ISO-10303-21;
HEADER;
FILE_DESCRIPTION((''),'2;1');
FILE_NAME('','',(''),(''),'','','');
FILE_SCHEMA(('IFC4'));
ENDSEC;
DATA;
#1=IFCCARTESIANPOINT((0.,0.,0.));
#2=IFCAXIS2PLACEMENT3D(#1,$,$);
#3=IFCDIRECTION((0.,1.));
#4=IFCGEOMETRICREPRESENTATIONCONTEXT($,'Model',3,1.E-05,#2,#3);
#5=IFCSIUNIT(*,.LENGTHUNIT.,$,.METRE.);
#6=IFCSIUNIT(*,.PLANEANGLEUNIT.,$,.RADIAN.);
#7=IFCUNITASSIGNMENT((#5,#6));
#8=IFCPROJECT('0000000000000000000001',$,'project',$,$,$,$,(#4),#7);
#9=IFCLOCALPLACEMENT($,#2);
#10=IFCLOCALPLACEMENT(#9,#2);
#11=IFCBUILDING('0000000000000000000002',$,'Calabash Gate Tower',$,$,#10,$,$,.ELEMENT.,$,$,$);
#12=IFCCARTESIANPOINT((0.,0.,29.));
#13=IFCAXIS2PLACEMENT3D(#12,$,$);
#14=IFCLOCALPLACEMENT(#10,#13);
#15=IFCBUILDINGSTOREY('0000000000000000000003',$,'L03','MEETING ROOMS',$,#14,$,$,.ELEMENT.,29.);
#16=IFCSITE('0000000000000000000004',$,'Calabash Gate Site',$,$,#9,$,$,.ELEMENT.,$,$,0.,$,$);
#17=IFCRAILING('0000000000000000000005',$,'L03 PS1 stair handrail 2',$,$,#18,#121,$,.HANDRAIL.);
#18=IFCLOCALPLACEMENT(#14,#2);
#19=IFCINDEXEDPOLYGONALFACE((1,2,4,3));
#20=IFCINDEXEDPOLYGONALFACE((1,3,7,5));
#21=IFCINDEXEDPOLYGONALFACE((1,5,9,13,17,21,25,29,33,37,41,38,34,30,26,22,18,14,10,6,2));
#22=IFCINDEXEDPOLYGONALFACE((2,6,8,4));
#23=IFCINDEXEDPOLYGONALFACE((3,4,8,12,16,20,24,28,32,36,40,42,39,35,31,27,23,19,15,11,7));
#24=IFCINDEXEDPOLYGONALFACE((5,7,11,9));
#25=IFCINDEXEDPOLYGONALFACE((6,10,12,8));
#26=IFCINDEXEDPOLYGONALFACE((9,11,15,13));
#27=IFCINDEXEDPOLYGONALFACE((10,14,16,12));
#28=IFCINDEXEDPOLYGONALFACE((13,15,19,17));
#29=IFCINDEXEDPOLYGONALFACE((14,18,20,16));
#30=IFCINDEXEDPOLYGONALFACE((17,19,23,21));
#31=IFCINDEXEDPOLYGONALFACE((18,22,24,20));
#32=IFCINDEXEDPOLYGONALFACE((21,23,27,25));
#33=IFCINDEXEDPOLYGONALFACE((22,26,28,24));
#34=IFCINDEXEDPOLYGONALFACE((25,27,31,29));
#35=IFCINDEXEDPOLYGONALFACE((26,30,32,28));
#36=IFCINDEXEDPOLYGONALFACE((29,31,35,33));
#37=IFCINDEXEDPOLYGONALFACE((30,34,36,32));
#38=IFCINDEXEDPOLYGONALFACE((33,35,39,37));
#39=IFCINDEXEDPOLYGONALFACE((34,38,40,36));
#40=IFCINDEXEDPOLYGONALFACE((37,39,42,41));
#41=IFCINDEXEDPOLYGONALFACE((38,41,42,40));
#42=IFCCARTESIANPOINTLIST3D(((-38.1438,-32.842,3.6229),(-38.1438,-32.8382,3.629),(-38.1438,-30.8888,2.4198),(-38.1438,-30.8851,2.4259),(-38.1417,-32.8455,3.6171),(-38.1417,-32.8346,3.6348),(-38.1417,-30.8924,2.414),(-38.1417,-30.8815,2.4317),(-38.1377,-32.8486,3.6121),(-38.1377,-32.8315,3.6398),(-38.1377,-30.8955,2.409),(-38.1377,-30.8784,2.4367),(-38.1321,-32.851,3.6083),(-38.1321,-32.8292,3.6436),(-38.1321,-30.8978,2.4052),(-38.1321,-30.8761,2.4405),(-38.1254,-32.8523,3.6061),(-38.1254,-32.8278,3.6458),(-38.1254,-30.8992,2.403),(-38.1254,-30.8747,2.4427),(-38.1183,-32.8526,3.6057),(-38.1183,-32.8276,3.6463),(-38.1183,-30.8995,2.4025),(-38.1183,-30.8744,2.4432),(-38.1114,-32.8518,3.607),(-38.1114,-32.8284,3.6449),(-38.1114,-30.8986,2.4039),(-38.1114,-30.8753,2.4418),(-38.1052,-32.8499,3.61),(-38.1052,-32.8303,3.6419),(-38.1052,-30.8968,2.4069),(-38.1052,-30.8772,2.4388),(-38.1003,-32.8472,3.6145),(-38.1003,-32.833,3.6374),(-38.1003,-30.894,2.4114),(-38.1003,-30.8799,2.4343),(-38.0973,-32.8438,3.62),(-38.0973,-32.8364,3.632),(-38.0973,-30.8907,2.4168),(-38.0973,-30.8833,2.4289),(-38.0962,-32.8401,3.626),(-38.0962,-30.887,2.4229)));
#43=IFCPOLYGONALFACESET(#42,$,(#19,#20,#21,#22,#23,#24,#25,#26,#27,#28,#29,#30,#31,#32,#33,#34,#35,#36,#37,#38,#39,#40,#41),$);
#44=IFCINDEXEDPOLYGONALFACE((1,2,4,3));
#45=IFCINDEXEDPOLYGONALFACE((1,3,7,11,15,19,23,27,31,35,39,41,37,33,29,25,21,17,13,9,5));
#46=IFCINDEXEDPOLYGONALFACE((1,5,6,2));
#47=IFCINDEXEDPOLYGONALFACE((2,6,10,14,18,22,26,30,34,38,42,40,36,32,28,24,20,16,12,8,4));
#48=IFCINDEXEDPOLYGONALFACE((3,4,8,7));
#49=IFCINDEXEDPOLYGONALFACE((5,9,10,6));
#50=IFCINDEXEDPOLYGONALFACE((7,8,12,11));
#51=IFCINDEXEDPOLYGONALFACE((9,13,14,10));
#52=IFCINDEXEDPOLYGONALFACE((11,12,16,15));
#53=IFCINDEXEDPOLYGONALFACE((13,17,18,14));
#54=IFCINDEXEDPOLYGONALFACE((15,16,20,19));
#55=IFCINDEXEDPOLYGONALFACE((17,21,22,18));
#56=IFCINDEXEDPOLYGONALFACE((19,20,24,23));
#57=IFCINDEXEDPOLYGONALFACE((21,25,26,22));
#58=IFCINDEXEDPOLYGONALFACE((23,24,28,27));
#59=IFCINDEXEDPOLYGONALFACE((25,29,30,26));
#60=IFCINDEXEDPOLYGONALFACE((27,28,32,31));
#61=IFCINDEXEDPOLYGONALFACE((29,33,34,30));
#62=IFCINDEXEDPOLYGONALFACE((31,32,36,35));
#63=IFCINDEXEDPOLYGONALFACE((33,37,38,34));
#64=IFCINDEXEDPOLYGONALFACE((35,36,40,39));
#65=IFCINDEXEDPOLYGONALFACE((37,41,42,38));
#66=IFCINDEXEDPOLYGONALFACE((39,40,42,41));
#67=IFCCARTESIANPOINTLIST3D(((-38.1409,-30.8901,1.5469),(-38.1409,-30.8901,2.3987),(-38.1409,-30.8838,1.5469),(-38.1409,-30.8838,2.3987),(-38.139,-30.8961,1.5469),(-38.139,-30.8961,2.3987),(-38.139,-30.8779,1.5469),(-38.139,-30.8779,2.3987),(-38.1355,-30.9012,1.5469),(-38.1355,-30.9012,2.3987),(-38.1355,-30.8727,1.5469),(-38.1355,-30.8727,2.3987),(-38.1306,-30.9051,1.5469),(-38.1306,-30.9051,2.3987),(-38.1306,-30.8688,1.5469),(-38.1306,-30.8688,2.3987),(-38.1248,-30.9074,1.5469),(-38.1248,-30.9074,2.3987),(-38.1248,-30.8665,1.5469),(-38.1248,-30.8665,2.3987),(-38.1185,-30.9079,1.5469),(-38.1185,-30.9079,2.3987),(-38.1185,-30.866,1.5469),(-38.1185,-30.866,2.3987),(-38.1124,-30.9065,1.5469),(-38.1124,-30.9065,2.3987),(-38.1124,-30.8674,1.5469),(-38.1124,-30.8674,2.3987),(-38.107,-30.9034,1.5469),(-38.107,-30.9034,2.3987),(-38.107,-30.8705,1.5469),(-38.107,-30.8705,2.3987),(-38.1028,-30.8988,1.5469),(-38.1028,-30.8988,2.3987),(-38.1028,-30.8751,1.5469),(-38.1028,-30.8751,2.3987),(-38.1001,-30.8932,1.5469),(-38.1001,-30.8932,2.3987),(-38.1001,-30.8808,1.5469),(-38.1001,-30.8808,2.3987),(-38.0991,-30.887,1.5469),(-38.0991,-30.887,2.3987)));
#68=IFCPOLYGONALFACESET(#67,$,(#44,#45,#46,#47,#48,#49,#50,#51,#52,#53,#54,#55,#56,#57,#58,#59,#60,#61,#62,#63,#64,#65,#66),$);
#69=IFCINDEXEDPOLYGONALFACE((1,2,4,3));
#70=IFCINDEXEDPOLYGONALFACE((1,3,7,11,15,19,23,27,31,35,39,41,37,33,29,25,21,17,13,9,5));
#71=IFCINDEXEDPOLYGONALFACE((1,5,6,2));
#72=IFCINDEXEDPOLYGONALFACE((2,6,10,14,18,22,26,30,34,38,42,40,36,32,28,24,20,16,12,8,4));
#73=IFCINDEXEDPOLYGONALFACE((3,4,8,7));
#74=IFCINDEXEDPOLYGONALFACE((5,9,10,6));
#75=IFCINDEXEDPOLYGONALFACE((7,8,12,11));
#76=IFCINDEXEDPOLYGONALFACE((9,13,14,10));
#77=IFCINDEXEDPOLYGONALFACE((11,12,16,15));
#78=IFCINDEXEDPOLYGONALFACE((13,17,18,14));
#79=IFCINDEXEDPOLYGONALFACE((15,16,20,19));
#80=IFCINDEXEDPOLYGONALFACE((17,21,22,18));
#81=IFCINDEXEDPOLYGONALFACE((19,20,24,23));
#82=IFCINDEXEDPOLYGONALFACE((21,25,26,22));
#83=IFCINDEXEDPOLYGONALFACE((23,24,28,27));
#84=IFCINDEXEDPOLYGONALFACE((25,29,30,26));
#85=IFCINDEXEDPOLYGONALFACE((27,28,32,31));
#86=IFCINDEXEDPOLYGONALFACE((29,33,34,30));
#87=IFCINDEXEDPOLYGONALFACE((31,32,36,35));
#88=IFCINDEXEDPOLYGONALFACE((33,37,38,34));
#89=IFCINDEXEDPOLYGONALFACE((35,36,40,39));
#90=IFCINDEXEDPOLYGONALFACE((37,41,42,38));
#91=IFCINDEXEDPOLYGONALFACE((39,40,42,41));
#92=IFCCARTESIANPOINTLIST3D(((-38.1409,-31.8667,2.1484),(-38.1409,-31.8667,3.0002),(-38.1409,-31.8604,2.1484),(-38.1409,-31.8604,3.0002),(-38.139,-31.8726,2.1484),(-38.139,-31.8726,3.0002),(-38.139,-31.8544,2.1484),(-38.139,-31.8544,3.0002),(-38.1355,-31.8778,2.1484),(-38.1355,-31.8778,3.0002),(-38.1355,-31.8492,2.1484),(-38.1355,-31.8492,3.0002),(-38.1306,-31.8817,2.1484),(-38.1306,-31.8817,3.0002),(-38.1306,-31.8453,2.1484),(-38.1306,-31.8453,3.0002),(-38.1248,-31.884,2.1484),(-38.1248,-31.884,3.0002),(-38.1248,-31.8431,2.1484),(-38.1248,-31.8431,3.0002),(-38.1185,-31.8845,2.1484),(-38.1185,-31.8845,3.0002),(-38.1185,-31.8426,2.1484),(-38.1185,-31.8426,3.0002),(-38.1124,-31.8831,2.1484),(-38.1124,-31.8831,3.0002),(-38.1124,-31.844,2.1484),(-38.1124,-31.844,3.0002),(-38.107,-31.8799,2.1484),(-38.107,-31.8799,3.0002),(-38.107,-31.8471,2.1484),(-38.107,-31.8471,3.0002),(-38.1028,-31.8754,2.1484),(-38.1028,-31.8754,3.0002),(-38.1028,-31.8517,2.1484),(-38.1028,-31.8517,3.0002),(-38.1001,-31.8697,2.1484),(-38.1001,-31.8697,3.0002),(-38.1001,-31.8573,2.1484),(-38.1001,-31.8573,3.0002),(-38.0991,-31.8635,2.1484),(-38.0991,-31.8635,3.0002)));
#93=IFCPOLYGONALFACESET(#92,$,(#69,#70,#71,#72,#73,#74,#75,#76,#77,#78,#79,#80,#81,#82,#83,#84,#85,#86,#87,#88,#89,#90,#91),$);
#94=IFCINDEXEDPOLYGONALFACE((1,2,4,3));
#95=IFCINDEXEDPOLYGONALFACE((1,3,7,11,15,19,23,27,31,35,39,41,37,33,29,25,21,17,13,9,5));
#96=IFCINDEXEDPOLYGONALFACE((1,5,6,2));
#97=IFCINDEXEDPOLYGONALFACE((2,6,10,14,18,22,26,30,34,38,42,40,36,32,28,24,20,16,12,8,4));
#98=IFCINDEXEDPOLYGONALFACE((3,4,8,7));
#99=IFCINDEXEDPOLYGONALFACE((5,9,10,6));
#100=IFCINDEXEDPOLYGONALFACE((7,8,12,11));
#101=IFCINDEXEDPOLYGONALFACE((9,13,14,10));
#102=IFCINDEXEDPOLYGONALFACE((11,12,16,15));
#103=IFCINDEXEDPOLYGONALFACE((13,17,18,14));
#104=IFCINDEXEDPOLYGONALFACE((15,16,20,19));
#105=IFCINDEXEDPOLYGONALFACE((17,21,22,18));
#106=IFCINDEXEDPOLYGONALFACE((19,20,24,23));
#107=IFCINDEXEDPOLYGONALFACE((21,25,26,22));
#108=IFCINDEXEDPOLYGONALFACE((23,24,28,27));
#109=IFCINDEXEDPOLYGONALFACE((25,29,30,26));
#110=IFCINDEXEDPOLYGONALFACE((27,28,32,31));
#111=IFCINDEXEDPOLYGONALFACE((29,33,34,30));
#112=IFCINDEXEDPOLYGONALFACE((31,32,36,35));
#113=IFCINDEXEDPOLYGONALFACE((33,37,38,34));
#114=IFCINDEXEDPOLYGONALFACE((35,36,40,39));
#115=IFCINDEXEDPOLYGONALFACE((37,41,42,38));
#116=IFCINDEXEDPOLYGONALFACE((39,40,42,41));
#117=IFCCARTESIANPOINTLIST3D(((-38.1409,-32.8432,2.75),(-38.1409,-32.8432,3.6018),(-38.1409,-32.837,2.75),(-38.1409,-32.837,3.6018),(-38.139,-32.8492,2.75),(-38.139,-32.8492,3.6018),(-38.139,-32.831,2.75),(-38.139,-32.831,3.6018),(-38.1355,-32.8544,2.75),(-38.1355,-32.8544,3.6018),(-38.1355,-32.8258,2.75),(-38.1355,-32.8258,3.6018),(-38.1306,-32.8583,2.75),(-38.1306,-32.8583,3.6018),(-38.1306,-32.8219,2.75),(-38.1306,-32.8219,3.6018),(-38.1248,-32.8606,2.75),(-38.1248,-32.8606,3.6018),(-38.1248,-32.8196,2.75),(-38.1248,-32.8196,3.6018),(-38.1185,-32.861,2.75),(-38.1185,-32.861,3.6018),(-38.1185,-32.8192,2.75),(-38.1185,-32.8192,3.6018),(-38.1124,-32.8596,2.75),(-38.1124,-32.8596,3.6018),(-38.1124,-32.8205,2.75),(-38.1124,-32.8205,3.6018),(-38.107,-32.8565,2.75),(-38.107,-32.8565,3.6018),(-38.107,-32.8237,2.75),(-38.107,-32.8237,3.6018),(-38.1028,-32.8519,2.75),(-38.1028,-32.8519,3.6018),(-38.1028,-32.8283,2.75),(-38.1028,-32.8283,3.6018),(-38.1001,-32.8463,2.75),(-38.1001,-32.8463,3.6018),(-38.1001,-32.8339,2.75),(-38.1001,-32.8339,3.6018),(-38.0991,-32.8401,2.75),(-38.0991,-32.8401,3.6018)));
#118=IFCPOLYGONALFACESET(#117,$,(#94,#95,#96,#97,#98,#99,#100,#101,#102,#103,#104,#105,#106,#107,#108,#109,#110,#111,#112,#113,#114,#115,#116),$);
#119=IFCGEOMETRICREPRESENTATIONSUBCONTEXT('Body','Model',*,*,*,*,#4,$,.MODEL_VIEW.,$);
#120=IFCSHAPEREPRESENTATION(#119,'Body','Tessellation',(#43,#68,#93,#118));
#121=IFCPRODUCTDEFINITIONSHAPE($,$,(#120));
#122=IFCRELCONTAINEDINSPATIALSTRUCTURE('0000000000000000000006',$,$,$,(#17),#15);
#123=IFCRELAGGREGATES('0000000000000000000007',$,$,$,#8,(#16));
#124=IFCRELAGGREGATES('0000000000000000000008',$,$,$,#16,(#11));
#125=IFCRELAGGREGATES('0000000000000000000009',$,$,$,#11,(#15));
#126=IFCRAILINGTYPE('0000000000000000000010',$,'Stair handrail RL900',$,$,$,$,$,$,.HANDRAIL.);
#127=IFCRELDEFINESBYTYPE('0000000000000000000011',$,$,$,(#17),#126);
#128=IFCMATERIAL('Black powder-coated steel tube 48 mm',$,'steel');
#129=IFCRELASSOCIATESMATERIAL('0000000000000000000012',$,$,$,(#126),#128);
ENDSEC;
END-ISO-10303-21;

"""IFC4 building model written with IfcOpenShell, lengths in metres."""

from ifc_helpers import new_model, si_unit, direction, frame, origin, origin_2d, place, context, subcontext, project, spatial, circle, extrude, material, type_object, element, save


model = new_model("IFC4")

# Units and contexts
model_context = context("Model", 3, precision=1e-05, world=origin(), true_north=direction((0.0, 1.0)))
body_context = subcontext(model_context, "Body", "Model", "MODEL_VIEW")
ifc_project = project(units=[si_unit("LENGTHUNIT", "METRE"), si_unit("PLANEANGLEUNIT", "RADIAN")], contexts=[model_context])

# Site, building, storey
site_placement = place(None, origin())
site = spatial("IfcSite", under=ifc_project, at=site_placement, Name="Calabash Gate Site", CompositionType="ELEMENT", RefElevation=0.0)
building_placement = place(site_placement, origin())
building = spatial("IfcBuilding", under=site, at=building_placement, Name="Calabash Gate Tower", CompositionType="ELEMENT")
storey_placement = place(building_placement, frame((0.0, 0.0, 29.0)))
storey = spatial("IfcBuildingStorey", under=building, at=storey_placement, Name="L03", Description="MEETING ROOMS", CompositionType="ELEMENT", Elevation=29.0)

# Railing
ifc_material_1 = material(Name="Black powder-coated steel tube 48 mm", Category="steel")
railing_type_1 = type_object("IfcRailingType", Name="Stair handrail RL900", PredefinedType="HANDRAIL", material=ifc_material_1)
railing_1_placement = place(storey_placement, frame((-38.1201, -30.887, 1.5469)))
element("IfcRailing", 1, at=railing_1_placement, inside=storey, type_object=railing_type_1, Name="L03 PS1 stair handrail 2", PredefinedType="HANDRAIL", context=body_context, shape_type="SweptSolid", body=[
    extrude(circle(Radius=0.0239, at=origin_2d()), frame((0.0, 0.0, 0.876), z_axis=(0.0, -0.851424, 0.524477), x_axis=(1.0, 0.0, 0.0)), (0.0, 0.0, 1.0), 2.2939),
    extrude(circle(Radius=0.021, at=origin_2d()), origin(), (0.0, 0.0, 1.0), 0.8518),
    extrude(circle(Radius=0.021, at=origin_2d()), frame((0.0, -0.9766, 0.6016)), (0.0, 0.0, 1.0), 0.8518),
    extrude(circle(Radius=0.021, at=origin_2d()), frame((0.0, -1.9531, 1.2031)), (0.0, 0.0, 1.0), 0.8518),
])

save(model, "model.ifc")
